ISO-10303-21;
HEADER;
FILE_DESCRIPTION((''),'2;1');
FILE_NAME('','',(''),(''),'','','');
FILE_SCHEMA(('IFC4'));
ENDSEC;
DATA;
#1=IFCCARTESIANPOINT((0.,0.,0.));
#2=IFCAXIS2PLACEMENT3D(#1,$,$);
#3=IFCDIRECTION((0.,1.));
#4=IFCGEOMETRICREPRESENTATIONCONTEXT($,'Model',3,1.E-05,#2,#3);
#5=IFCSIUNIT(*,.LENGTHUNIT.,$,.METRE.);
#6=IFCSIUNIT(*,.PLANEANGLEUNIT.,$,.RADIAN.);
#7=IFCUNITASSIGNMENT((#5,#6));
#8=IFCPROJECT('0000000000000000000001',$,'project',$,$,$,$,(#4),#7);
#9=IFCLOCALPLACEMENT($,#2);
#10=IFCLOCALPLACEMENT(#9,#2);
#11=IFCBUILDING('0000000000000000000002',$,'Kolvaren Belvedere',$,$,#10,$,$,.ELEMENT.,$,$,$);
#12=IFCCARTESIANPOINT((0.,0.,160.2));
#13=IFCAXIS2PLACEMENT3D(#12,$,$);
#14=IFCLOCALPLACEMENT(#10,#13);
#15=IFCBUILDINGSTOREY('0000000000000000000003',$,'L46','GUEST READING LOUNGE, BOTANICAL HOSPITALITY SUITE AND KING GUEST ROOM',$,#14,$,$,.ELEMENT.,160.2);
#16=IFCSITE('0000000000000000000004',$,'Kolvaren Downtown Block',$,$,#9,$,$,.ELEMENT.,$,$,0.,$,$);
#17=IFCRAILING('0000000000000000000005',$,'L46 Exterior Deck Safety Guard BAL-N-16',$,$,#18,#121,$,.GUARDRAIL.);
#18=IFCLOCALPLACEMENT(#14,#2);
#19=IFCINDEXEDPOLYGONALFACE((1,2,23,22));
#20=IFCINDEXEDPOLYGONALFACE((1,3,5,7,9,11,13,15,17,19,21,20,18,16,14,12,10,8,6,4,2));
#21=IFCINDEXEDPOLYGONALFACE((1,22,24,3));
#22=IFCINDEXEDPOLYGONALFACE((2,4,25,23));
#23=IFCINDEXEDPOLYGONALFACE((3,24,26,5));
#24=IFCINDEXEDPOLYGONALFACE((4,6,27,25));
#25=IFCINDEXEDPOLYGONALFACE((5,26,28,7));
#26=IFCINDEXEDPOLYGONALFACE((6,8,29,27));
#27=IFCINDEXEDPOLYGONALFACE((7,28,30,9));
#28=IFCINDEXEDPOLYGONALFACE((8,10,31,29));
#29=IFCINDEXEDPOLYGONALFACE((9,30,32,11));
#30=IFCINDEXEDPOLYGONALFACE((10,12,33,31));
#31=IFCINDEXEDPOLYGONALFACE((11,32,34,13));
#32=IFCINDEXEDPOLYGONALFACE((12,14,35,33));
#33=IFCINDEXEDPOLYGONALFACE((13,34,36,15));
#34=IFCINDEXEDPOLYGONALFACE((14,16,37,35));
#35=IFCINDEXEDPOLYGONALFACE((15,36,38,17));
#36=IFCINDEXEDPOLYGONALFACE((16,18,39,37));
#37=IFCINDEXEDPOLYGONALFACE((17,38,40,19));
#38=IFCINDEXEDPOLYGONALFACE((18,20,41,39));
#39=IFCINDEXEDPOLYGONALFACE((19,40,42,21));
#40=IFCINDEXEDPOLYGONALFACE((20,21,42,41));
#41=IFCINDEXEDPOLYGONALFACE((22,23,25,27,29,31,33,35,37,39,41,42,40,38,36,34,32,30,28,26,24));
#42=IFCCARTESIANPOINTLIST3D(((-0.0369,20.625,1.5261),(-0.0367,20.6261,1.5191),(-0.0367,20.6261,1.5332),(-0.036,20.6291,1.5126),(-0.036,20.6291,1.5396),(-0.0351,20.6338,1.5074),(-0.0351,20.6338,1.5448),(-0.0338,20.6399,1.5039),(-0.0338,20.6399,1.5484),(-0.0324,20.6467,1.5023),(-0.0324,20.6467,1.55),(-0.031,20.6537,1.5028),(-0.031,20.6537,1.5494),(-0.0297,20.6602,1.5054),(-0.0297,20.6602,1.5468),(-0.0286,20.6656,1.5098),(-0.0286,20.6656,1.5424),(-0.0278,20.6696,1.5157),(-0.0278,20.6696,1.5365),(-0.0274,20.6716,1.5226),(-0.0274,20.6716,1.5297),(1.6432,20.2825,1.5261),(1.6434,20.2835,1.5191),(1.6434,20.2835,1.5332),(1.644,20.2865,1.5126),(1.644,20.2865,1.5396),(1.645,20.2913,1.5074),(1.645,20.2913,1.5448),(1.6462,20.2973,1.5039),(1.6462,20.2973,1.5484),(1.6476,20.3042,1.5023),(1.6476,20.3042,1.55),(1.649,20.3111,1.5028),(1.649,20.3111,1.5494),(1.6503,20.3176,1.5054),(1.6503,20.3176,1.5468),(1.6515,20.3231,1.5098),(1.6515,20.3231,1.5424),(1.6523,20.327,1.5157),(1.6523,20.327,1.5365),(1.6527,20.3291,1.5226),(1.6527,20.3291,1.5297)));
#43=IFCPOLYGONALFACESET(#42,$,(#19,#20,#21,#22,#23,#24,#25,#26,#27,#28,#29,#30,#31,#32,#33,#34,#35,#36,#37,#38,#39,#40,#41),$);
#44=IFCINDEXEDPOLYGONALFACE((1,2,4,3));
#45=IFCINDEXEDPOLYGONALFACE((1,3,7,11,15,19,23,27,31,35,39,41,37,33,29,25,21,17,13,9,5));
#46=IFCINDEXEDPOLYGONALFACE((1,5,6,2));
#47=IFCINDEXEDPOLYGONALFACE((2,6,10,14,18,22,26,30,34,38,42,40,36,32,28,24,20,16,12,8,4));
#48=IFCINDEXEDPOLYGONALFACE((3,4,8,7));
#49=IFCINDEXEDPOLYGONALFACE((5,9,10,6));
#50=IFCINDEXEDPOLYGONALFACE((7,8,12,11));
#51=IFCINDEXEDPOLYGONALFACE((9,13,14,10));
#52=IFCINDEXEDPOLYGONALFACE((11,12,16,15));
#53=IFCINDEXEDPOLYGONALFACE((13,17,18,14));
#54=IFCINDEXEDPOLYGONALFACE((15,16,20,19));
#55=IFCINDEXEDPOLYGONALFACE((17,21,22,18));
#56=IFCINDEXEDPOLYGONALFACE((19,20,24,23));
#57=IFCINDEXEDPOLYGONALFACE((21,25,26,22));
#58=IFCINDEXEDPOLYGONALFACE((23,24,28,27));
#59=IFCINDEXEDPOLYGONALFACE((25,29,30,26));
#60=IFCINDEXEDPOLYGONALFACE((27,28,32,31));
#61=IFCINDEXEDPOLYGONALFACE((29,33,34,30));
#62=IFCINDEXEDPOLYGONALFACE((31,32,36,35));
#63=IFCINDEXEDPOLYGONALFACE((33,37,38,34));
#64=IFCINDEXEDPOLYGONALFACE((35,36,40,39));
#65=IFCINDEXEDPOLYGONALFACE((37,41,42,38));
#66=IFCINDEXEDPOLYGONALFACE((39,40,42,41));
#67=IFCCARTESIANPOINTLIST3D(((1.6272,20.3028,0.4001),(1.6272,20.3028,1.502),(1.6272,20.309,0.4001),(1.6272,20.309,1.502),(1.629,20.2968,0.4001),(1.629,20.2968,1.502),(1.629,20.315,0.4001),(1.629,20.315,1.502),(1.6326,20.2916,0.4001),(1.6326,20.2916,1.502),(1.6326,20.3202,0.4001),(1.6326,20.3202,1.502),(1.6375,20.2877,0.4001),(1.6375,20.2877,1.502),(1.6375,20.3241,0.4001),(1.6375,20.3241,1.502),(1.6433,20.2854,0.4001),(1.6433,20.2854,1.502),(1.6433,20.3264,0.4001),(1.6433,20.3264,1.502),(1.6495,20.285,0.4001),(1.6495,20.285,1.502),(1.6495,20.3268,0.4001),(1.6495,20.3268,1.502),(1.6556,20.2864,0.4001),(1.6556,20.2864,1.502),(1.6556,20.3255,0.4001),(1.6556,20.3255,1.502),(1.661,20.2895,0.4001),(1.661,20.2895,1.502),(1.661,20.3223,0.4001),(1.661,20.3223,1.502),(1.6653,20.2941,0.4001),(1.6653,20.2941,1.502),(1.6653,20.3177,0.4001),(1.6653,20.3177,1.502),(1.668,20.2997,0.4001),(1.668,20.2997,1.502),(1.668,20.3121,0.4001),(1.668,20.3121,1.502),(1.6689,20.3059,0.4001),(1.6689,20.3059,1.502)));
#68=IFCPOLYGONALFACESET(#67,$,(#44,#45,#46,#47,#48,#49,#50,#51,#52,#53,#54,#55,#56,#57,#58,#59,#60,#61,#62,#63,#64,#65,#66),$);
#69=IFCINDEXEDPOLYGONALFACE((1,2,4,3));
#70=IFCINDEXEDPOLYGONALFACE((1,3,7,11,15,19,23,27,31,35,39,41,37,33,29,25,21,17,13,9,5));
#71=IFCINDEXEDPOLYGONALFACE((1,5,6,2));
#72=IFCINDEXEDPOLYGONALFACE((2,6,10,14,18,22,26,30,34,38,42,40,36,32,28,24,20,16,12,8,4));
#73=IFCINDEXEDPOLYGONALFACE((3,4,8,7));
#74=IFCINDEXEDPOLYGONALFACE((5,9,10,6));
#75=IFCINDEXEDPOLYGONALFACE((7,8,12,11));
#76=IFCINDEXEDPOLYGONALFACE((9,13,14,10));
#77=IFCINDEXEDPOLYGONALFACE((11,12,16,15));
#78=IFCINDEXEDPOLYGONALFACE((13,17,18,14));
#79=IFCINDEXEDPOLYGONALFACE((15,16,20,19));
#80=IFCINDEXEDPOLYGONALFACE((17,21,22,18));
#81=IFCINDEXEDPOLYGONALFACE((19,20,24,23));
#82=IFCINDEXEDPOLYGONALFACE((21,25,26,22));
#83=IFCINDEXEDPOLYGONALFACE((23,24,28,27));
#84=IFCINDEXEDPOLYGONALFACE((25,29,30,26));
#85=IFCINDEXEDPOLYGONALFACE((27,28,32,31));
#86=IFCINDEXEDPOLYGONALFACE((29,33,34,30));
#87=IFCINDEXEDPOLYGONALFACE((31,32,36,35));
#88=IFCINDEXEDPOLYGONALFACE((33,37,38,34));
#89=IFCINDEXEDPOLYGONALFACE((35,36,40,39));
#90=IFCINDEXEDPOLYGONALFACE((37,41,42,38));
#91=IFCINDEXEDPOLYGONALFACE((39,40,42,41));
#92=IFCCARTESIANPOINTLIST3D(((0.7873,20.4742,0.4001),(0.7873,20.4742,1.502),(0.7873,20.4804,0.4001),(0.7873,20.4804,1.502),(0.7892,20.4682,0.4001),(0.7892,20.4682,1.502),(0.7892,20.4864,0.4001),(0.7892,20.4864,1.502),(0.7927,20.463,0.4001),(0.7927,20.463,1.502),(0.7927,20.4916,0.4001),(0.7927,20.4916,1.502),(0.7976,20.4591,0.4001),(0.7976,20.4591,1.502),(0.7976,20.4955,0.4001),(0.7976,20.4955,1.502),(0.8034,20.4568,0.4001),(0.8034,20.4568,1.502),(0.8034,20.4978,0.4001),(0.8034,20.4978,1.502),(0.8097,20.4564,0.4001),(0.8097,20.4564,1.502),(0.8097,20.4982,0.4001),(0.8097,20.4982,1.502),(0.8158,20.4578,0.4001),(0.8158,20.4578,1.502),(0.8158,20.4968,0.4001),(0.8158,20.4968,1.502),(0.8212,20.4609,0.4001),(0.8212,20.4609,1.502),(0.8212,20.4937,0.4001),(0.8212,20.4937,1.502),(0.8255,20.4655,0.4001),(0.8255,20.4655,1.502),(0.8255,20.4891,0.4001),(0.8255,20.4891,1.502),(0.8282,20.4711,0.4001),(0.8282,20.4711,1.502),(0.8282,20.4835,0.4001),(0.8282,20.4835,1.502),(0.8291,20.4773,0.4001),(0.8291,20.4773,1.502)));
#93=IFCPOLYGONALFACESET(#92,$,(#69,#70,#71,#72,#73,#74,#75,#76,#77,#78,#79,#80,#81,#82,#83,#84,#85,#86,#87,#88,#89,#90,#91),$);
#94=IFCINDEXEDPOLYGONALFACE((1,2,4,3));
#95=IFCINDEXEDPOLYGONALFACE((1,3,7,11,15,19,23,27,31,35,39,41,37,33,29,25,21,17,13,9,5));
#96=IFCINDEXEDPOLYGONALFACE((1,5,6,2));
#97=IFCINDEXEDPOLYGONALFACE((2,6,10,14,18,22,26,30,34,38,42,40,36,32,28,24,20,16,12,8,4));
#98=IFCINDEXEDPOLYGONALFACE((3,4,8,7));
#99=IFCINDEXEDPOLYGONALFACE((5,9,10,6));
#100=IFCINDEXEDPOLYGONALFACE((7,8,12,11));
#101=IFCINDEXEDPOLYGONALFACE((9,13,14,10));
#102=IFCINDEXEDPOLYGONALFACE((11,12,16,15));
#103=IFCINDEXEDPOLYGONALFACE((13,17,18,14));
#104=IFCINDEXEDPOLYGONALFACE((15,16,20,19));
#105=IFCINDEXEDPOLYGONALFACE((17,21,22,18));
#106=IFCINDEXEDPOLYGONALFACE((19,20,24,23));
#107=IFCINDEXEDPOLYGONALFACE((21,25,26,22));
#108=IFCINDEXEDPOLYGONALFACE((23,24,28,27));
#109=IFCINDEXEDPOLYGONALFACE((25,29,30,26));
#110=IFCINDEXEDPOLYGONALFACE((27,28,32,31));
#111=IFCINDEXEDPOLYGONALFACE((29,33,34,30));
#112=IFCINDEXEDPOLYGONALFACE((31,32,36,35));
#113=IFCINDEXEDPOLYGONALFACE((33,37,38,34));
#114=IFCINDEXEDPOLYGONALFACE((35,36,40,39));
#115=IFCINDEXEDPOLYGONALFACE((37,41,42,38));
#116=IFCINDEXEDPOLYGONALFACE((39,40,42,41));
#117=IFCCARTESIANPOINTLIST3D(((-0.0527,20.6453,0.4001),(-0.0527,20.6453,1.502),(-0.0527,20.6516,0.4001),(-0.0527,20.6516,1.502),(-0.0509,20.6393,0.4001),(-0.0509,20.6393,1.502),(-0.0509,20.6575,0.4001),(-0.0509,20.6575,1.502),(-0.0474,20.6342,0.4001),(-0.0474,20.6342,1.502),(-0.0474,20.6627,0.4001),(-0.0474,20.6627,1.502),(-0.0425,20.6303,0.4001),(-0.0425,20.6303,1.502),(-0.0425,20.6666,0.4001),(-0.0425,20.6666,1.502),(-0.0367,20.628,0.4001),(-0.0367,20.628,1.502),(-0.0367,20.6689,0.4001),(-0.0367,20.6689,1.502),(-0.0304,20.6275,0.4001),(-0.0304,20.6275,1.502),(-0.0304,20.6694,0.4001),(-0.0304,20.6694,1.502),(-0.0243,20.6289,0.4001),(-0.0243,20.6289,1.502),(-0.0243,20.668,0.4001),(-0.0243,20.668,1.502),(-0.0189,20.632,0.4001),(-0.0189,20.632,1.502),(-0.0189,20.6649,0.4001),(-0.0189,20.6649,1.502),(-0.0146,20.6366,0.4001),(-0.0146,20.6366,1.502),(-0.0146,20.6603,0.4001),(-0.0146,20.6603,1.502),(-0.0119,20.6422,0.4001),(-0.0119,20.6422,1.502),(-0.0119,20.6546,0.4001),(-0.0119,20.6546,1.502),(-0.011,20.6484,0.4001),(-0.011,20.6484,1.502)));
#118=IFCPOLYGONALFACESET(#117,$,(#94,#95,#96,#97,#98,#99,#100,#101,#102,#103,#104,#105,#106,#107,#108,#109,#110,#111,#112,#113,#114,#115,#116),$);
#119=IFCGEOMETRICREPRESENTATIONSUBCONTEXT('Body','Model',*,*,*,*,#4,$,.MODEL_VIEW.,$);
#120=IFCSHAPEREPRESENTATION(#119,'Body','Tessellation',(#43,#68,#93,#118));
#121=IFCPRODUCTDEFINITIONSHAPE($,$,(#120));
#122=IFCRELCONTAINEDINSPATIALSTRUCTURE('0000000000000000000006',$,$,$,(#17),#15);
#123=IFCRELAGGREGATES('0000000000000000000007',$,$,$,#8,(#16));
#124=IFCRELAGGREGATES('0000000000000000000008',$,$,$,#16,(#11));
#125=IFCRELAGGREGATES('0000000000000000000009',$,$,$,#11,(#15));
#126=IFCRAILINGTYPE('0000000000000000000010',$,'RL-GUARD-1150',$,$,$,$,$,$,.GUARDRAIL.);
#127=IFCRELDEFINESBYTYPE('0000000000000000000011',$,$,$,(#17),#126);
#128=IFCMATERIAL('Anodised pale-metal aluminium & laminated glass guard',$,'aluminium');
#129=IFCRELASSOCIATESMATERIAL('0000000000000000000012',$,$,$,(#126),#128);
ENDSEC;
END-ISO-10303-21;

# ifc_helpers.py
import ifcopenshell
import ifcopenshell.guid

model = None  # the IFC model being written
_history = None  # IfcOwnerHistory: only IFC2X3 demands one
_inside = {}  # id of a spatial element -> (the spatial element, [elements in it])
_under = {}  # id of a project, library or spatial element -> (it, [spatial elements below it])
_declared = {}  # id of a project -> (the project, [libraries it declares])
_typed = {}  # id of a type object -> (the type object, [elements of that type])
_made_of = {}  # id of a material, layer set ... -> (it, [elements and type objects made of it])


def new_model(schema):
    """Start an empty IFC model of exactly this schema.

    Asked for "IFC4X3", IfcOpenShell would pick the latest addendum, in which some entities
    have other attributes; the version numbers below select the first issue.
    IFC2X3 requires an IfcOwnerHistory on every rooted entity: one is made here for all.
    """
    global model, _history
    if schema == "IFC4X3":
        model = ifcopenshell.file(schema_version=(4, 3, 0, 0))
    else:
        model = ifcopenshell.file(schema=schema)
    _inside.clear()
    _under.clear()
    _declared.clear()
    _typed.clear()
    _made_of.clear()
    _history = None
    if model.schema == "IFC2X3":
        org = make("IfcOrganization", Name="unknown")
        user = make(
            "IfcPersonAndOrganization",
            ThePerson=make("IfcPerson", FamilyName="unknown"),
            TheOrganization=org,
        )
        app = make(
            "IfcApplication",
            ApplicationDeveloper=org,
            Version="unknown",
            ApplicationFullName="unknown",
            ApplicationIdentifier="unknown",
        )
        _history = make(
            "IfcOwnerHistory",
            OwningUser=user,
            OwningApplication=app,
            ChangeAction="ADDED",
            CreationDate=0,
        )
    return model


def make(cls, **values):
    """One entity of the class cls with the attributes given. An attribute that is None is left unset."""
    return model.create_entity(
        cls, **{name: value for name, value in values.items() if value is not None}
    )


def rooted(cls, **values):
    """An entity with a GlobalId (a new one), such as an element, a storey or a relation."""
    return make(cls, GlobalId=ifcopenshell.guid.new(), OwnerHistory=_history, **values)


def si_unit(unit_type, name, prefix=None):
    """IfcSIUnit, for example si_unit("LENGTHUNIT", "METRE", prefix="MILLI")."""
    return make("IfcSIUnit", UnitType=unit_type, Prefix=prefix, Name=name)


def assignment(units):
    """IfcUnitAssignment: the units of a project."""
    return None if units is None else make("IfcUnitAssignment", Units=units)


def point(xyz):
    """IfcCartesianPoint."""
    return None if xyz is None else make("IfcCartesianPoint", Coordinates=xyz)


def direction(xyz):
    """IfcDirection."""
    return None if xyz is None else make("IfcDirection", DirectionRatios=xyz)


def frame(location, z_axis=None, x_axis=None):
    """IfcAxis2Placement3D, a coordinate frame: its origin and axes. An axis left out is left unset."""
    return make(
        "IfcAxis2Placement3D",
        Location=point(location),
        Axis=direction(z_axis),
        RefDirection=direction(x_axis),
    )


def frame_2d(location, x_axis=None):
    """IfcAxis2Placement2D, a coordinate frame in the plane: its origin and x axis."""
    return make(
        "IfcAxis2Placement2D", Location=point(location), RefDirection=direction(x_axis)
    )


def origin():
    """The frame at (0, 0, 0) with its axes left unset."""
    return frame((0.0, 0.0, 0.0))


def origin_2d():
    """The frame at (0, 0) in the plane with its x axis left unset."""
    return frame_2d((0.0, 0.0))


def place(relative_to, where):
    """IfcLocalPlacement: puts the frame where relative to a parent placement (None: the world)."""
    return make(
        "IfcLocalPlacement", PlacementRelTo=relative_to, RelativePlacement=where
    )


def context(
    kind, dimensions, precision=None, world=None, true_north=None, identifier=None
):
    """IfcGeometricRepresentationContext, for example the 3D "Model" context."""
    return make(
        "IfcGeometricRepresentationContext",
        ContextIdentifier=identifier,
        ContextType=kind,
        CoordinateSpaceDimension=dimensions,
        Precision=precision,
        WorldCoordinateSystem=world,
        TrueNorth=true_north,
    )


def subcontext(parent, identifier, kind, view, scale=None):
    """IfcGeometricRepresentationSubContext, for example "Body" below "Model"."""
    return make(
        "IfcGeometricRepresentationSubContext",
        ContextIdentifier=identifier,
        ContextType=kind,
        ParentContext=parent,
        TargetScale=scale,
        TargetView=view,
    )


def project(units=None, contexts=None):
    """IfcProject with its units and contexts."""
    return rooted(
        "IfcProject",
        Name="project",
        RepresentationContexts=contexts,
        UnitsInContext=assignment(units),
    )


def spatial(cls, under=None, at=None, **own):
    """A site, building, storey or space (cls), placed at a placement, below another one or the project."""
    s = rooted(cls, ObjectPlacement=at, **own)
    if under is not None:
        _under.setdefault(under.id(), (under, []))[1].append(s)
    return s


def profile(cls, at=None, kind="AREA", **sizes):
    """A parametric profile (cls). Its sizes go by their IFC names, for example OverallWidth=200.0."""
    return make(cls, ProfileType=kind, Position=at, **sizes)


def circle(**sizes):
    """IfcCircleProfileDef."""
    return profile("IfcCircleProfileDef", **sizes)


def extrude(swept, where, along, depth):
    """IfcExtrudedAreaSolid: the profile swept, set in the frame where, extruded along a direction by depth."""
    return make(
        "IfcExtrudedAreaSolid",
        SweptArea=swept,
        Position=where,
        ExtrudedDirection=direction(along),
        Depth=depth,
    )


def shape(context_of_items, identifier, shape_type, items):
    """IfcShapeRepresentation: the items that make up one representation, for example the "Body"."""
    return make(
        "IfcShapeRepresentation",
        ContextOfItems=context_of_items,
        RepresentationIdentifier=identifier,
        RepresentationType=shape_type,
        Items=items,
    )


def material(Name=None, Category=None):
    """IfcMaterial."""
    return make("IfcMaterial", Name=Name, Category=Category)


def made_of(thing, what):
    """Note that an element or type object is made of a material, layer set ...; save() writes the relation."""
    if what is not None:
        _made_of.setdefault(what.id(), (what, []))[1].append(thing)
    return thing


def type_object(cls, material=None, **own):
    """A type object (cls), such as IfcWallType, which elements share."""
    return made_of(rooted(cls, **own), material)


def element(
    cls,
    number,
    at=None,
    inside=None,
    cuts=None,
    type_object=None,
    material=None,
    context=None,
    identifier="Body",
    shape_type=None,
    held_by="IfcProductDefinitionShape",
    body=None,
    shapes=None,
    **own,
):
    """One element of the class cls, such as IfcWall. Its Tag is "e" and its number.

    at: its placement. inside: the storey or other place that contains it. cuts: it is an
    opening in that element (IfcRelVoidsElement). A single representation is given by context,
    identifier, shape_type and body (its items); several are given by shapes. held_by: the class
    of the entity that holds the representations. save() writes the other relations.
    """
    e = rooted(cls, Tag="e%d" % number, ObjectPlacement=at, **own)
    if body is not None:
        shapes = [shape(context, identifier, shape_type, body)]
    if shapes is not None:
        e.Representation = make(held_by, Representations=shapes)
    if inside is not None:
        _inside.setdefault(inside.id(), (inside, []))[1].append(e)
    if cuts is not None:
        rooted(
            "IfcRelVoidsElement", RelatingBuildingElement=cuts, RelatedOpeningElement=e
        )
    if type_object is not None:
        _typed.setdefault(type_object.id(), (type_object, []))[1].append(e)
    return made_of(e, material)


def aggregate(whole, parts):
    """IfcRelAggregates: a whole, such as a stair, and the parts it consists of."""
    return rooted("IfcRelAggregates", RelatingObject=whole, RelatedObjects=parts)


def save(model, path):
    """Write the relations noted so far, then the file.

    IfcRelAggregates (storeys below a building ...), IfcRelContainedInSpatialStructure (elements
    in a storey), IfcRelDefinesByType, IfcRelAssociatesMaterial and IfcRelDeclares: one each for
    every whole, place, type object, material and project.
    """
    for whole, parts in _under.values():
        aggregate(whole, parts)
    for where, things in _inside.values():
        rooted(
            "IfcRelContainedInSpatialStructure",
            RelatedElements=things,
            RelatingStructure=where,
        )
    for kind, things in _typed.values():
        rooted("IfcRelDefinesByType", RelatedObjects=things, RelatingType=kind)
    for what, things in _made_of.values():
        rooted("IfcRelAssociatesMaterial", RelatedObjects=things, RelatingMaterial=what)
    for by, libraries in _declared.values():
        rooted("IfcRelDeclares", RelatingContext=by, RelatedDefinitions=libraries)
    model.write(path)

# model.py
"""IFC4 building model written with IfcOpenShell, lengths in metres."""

from ifc_helpers import new_model, si_unit, direction, frame, origin, origin_2d, place, context, subcontext, project, spatial, circle, extrude, material, type_object, element, save


model = new_model("IFC4")

# Units and contexts
model_context = context("Model", 3, precision=1e-05, world=origin(), true_north=direction((0.0, 1.0)))
body_context = subcontext(model_context, "Body", "Model", "MODEL_VIEW")
ifc_project = project(units=[si_unit("LENGTHUNIT", "METRE"), si_unit("PLANEANGLEUNIT", "RADIAN")], contexts=[model_context])

# Site, building, storey
site_placement = place(None, origin())
site = spatial("IfcSite", under=ifc_project, at=site_placement, Name="Kolvaren Downtown Block", CompositionType="ELEMENT", RefElevation=0.0)
building_placement = place(site_placement, origin())
building = spatial("IfcBuilding", under=site, at=building_placement, Name="Kolvaren Belvedere", CompositionType="ELEMENT")
storey_placement = place(building_placement, frame((0.0, 0.0, 160.2)))
storey = spatial("IfcBuildingStorey", under=building, at=storey_placement, Name="L46", Description="GUEST READING LOUNGE, BOTANICAL HOSPITALITY SUITE AND KING GUEST ROOM", CompositionType="ELEMENT", Elevation=160.2)

# Railing
ifc_material_1 = material(Name="Anodised pale-metal aluminium & laminated glass guard", Category="aluminium")
railing_type = type_object("IfcRailingType", Name="RL-GUARD-1150", PredefinedType="GUARDRAIL", material=ifc_material_1)
railing_1_placement = place(storey_placement, frame((1.6479, 20.3059, 0.4001)))
element("IfcRailing", 1, at=railing_1_placement, inside=storey, type_object=railing_type, Name="L46 Exterior Deck Safety Guard BAL-N-16", PredefinedType="GUARDRAIL", context=body_context, shape_type="SweptSolid", body=[
    extrude(circle(Radius=0.0239, at=origin_2d()), frame((0.0, 0.0, 1.126), z_axis=(-0.97984, 0.199784, 0.0), x_axis=(-0.199784, -0.97984, 0.0)), (0.0, 0.0, 1.0), 1.7146),
    extrude(circle(Radius=0.021, at=origin_2d()), origin(), (0.0, 0.0, 1.0), 1.1018),
    extrude(circle(Radius=0.021, at=origin_2d()), frame((-0.8398, 0.1714, 0.0)), (0.0, 0.0, 1.0), 1.1018),
    extrude(circle(Radius=0.021, at=origin_2d()), frame((-1.6799, 0.3425, 0.0)), (0.0, 0.0, 1.0), 1.1018),
])

save(model, "model.ifc")
